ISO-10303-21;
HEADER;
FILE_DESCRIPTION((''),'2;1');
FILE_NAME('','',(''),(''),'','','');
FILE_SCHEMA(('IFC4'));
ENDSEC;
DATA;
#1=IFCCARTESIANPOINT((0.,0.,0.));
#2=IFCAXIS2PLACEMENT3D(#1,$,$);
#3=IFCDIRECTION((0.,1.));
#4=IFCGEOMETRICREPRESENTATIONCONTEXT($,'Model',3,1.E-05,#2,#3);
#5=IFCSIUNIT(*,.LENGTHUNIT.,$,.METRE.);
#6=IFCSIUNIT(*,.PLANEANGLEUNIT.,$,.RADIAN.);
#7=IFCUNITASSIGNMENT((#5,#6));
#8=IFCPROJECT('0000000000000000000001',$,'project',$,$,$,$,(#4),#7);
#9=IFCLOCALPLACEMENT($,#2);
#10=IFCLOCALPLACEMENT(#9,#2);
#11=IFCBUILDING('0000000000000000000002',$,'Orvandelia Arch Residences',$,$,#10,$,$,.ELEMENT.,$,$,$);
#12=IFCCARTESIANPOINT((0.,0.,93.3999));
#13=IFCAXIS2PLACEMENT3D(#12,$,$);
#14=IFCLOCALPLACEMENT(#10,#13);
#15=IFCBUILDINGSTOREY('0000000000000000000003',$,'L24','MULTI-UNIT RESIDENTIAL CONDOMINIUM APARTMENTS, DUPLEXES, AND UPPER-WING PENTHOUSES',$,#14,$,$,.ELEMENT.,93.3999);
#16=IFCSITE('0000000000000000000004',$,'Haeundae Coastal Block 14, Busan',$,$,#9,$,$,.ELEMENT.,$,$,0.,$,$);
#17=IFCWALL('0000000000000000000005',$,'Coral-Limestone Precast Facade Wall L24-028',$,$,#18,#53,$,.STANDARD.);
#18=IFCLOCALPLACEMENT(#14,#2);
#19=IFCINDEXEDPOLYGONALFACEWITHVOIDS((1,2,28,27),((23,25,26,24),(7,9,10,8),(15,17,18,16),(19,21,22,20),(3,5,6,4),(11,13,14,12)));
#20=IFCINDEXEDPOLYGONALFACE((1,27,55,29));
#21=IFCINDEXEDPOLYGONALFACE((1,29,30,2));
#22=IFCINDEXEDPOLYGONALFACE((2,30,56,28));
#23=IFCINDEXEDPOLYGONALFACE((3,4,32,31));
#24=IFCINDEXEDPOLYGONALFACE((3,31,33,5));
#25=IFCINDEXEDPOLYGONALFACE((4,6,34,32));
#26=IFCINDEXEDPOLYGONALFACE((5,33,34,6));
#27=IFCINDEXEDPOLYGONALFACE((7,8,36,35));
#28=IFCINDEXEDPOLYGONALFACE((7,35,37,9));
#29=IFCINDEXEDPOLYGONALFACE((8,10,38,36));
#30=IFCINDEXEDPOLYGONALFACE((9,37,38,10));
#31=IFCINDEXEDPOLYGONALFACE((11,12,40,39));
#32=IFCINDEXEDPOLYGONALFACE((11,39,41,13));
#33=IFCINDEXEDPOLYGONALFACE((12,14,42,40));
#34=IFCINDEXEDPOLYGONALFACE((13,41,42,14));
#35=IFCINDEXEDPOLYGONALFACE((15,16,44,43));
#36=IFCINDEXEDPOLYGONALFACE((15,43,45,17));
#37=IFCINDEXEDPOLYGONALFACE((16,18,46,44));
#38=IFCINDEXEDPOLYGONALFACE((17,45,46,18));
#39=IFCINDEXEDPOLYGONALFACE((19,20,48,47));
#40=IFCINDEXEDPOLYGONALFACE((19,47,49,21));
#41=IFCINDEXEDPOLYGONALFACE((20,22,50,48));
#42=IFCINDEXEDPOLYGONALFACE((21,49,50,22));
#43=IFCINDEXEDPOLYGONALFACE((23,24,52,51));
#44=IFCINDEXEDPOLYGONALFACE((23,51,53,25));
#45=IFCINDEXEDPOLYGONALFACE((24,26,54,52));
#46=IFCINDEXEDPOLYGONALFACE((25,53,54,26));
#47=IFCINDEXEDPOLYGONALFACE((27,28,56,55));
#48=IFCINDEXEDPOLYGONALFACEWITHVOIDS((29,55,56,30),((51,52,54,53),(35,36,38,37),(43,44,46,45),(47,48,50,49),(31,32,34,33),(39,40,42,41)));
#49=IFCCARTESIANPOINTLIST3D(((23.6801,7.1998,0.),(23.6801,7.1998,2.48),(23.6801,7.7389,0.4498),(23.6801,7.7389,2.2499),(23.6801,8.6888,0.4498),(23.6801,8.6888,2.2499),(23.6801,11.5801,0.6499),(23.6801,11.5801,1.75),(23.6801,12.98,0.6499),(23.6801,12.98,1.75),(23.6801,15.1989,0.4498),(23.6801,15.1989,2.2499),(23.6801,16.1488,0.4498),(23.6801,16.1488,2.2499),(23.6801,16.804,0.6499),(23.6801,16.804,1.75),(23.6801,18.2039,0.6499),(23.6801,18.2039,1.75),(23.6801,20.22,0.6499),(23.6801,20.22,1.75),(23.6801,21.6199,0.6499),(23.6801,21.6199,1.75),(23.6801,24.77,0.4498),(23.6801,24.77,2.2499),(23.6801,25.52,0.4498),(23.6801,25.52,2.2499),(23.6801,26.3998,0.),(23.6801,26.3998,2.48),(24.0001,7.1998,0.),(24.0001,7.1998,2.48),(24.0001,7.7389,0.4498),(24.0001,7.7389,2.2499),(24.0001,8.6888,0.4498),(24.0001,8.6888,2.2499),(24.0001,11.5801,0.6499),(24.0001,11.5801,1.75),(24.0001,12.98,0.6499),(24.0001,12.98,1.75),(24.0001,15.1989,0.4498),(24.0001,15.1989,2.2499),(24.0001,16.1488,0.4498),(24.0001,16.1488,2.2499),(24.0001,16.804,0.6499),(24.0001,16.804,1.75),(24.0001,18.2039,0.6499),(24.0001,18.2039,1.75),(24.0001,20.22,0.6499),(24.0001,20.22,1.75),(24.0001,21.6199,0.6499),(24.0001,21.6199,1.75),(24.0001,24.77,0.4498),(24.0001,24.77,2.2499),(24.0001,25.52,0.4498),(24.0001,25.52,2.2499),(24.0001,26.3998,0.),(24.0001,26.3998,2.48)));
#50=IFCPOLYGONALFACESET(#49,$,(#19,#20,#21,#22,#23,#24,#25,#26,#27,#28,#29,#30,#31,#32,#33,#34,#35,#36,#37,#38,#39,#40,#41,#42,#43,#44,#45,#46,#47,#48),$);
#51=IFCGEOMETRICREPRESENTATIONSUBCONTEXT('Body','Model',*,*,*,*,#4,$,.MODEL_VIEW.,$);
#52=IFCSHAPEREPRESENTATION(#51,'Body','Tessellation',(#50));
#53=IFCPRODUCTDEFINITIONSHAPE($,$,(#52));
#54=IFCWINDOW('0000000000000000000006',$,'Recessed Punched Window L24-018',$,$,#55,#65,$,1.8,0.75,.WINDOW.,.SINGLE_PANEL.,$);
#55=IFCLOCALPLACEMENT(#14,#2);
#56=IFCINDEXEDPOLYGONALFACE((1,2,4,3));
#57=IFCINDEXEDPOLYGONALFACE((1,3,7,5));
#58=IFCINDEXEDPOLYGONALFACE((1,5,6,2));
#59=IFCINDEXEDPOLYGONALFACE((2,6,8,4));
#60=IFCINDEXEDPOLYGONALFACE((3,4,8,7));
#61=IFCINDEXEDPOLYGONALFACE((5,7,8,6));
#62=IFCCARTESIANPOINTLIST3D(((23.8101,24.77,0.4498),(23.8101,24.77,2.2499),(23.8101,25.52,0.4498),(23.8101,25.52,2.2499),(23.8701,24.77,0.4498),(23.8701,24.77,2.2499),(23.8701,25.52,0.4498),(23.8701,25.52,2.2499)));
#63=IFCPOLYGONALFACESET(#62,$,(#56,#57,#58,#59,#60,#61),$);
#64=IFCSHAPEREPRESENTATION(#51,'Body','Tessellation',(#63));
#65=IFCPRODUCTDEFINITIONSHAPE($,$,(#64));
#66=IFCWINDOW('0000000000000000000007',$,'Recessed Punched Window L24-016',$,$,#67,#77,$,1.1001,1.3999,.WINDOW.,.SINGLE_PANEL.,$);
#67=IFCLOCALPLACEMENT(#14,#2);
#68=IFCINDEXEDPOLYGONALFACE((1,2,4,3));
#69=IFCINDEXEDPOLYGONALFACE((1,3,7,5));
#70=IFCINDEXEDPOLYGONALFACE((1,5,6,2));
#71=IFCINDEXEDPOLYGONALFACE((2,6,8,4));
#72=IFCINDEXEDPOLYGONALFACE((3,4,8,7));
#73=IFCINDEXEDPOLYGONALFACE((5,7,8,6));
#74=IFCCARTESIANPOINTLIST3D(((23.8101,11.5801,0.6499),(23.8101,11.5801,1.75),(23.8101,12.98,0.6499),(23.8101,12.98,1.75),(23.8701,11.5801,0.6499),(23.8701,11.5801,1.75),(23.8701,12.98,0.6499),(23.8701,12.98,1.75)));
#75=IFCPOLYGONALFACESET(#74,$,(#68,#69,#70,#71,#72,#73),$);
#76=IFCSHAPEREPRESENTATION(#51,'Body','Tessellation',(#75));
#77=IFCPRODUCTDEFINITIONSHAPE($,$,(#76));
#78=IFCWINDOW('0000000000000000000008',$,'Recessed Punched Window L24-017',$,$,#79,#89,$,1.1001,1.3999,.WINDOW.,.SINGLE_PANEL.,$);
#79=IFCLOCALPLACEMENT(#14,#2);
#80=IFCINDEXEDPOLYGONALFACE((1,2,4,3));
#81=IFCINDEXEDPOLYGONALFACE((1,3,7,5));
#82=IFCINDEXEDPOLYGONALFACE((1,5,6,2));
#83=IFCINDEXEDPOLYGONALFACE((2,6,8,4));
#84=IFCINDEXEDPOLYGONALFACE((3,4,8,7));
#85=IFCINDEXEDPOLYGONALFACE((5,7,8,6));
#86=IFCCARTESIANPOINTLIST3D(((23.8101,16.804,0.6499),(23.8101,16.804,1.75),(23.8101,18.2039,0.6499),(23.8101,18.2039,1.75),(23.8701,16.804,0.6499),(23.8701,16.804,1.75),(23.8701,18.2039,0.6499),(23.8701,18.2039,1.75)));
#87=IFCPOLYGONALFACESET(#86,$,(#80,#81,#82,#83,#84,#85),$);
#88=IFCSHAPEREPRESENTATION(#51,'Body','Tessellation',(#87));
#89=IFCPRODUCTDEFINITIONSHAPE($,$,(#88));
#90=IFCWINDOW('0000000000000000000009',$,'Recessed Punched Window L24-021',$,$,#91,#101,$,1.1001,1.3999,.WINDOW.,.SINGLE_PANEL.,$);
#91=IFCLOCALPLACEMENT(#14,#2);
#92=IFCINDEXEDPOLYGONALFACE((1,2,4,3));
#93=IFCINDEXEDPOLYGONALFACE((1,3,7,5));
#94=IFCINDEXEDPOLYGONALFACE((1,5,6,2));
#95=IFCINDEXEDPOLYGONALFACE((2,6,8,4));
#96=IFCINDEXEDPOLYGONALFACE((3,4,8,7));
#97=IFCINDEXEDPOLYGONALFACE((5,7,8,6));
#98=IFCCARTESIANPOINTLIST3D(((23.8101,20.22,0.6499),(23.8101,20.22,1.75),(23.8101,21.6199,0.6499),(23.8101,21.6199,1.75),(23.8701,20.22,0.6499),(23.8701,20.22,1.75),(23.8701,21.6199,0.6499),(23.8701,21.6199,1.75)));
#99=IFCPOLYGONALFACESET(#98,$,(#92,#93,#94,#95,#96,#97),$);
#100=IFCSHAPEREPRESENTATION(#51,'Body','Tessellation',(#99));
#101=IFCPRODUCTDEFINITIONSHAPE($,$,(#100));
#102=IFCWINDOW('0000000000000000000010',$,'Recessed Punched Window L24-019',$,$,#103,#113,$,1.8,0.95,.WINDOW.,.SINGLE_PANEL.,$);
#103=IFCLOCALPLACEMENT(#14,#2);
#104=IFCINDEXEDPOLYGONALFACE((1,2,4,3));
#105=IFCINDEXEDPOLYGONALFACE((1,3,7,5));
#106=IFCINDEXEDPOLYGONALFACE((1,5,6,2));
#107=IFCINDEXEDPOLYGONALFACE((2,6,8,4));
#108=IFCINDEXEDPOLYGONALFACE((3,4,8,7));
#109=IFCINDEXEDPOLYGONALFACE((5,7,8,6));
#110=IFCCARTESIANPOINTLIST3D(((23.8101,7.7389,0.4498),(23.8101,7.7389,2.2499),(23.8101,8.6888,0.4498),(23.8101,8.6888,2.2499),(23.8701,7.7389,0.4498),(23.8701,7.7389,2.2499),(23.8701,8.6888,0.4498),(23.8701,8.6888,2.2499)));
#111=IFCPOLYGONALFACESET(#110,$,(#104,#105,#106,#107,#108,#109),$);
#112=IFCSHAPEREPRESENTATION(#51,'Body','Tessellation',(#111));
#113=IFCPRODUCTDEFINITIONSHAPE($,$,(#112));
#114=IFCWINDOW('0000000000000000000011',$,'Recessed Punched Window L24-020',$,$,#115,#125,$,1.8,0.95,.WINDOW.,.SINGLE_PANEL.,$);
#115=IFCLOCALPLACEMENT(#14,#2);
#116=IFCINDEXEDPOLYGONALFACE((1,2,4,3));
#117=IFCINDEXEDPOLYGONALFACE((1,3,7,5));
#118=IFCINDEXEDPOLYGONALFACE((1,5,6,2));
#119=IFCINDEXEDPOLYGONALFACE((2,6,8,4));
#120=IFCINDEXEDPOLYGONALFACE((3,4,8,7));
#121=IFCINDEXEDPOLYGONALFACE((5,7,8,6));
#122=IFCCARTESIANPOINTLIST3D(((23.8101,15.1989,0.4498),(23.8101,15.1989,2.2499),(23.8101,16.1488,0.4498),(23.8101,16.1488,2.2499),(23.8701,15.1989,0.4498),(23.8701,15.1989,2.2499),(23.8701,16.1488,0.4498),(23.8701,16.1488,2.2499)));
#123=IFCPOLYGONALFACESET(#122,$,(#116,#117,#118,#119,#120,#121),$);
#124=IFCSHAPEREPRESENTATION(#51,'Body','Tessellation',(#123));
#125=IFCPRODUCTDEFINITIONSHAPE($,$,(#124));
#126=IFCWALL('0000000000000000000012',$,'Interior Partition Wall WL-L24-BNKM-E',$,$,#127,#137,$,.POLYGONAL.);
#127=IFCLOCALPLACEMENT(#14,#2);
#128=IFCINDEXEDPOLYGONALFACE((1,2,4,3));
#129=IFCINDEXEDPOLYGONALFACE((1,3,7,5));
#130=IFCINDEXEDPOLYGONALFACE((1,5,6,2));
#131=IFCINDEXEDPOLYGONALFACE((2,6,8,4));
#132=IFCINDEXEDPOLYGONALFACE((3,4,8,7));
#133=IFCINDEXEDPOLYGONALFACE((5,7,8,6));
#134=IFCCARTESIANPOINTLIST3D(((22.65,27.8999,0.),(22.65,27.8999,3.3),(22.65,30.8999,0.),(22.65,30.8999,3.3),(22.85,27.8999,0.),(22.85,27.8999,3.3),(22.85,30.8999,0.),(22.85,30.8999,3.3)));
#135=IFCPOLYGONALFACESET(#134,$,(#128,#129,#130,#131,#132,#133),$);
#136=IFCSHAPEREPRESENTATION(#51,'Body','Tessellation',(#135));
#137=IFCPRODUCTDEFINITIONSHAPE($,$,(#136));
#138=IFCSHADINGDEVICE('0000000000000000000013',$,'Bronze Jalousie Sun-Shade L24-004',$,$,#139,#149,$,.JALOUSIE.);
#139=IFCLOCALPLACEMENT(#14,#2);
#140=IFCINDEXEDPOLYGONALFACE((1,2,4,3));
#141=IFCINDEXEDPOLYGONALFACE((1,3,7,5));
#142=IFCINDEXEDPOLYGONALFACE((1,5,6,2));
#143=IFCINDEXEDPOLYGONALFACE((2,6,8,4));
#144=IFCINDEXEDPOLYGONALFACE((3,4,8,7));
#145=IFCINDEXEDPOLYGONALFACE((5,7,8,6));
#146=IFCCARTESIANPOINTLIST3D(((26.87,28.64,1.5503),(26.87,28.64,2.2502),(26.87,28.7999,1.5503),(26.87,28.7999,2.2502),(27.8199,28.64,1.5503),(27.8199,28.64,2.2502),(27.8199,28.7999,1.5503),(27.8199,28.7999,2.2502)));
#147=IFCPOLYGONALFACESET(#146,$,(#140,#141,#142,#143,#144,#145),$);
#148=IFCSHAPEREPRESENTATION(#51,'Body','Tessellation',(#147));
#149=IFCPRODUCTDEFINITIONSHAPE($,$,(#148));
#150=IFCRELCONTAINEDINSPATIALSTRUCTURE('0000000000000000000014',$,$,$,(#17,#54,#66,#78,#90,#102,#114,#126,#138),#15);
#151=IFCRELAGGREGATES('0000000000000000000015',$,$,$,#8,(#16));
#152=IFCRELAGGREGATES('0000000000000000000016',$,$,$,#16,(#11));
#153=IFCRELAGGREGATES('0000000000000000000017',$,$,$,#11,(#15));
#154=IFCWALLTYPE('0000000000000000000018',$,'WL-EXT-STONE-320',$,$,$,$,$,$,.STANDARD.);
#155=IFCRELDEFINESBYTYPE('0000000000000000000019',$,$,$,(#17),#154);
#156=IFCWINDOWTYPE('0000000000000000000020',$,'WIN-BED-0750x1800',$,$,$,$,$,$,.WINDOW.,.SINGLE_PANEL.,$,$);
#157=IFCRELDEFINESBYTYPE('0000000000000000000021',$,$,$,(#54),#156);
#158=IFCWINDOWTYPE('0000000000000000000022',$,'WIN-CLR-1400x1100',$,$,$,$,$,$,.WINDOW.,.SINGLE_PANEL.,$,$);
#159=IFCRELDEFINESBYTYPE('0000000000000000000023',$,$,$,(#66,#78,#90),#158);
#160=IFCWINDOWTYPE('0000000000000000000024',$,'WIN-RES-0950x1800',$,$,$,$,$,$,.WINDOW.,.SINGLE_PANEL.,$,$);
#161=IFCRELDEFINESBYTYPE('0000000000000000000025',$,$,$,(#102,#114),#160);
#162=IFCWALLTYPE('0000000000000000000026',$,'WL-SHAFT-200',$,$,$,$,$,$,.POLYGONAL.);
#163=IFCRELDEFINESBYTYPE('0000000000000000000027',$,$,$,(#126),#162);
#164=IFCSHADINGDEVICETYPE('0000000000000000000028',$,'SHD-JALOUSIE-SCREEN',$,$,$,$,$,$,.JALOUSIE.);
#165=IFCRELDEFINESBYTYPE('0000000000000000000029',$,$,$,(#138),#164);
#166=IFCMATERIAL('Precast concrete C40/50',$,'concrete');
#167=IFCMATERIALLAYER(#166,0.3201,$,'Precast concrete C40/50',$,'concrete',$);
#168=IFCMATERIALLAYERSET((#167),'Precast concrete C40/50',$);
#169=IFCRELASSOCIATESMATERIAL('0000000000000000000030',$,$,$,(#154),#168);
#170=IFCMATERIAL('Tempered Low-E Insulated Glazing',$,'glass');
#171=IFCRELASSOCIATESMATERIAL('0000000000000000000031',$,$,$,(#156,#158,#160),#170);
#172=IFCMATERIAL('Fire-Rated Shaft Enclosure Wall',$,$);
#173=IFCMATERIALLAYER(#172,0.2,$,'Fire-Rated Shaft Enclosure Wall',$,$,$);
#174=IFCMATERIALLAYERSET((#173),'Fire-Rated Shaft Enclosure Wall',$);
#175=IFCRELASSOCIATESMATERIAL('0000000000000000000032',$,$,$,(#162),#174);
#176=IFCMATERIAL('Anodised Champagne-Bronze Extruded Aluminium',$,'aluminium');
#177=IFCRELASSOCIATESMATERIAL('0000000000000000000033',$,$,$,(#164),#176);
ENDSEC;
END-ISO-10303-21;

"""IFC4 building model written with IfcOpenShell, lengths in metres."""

from ifc_helpers import new_model, si_unit, direction, frame, frame_2d, origin, origin_2d, place, context, subcontext, project, spatial, rectangle, extrude, material, layer, layer_set, type_object, element, fill, save


model = new_model("IFC4")

# Units and contexts
model_context = context("Model", 3, precision=1e-05, world=origin(), true_north=direction((0.0, 1.0)))
body_context = subcontext(model_context, "Body", "Model", "MODEL_VIEW")
ifc_project = project(units=[si_unit("LENGTHUNIT", "METRE"), si_unit("PLANEANGLEUNIT", "RADIAN")], contexts=[model_context])

# Site, building, storey
site_placement = place(None, origin())
site = spatial("IfcSite", under=ifc_project, at=site_placement, Name="Haeundae Coastal Block 14, Busan", CompositionType="ELEMENT", RefElevation=0.0)
building_placement = place(site_placement, origin())
building = spatial("IfcBuilding", under=site, at=building_placement, Name="Orvandelia Arch Residences", CompositionType="ELEMENT")
storey_placement = place(building_placement, frame((0.0, 0.0, 93.3999)))
storey = spatial("IfcBuildingStorey", under=building, at=storey_placement, Name="L24", Description="MULTI-UNIT RESIDENTIAL CONDOMINIUM APARTMENTS, DUPLEXES, AND UPPER-WING PENTHOUSES", CompositionType="ELEMENT", Elevation=93.3999)

# Shared definitions
ifc_material_1 = material(Name="Precast concrete C40/50", Category="concrete")
ifc_layer_1 = layer(ifc_material_1, 0.3201, Name="Precast concrete C40/50", Category="concrete")
ifc_layer_set_1 = layer_set([ifc_layer_1], Name="Precast concrete C40/50")
wall_type_1 = type_object("IfcWallType", Name="WL-EXT-STONE-320", PredefinedType="STANDARD", material=ifc_layer_set_1)

# Wall, openings, windows
wall_1_placement = place(storey_placement, frame((23.8401, 26.3999, 0.0), z_axis=(0.0, 0.0, 1.0), x_axis=(0.0, -1.0, 0.0)))
wall_1 = element("IfcWall", 1, at=wall_1_placement, inside=storey, type_object=wall_type_1, Name="Coral-Limestone Precast Facade Wall L24-028", PredefinedType="STANDARD", context=body_context, shape_type="SweptSolid", body=[
    extrude(rectangle(XDim=19.2, YDim=0.3201, at=frame_2d((9.6001, 0.0))), origin(), (0.0, 0.0, 1.0), 2.48),
])
opening_1_placement = place(wall_1_placement, frame((13.4199, 0.0, 0.6499)))
opening_1 = element("IfcOpeningElement", 2, at=opening_1_placement, cuts=wall_1, PredefinedType="OPENING", context=body_context, shape_type="SweptSolid", body=[
    extrude(rectangle(XDim=1.3999, YDim=1.1001, at=frame_2d((0.7, 0.55))), frame((0.0, 0.1699, 0.0), z_axis=(0.0, -1.0, 0.0), x_axis=(1.0, 0.0, 0.0)), (0.0, 0.0, 1.0), 0.3401),
])
opening_2_placement = place(wall_1_placement, frame((8.196, 0.0, 0.6499)))
opening_2 = element("IfcOpeningElement", 3, at=opening_2_placement, cuts=wall_1, PredefinedType="OPENING", context=body_context, shape_type="SweptSolid", body=[
    extrude(rectangle(XDim=1.3999, YDim=1.1001, at=frame_2d((0.7, 0.55))), frame((0.0, 0.1699, 0.0), z_axis=(0.0, -1.0, 0.0), x_axis=(1.0, 0.0, 0.0)), (0.0, 0.0, 1.0), 0.3401),
])
opening_3_placement = place(wall_1_placement, frame((0.8799, 0.0, 0.45)))
opening_3 = element("IfcOpeningElement", 4, at=opening_3_placement, cuts=wall_1, PredefinedType="OPENING", context=body_context, shape_type="SweptSolid", body=[
    extrude(rectangle(XDim=0.75, YDim=1.8, at=frame_2d((0.375, 0.8999))), frame((0.0, 0.1699, 0.0), z_axis=(0.0, -1.0, 0.0), x_axis=(1.0, 0.0, 0.0)), (0.0, 0.0, 1.0), 0.3401),
])
opening_4_placement = place(wall_1_placement, frame((17.7109, 0.0, 0.45)))
opening_4 = element("IfcOpeningElement", 5, at=opening_4_placement, cuts=wall_1, PredefinedType="OPENING", context=body_context, shape_type="SweptSolid", body=[
    extrude(rectangle(XDim=0.95, YDim=1.8, at=frame_2d((0.4751, 0.8999))), frame((0.0, 0.1699, 0.0), z_axis=(0.0, -1.0, 0.0), x_axis=(1.0, 0.0, 0.0)), (0.0, 0.0, 1.0), 0.3401),
])
opening_5_placement = place(wall_1_placement, frame((10.251, 0.0, 0.45)))
opening_5 = element("IfcOpeningElement", 6, at=opening_5_placement, cuts=wall_1, PredefinedType="OPENING", context=body_context, shape_type="SweptSolid", body=[
    extrude(rectangle(XDim=0.95, YDim=1.8, at=frame_2d((0.4751, 0.8999))), frame((0.0, 0.1699, 0.0), z_axis=(0.0, -1.0, 0.0), x_axis=(1.0, 0.0, 0.0)), (0.0, 0.0, 1.0), 0.3401),
])
opening_6_placement = place(wall_1_placement, frame((4.78, 0.0, 0.6499)))
opening_6 = element("IfcOpeningElement", 7, at=opening_6_placement, cuts=wall_1, PredefinedType="OPENING", context=body_context, shape_type="SweptSolid", body=[
    extrude(rectangle(XDim=1.3999, YDim=1.1001, at=frame_2d((0.7, 0.55))), frame((0.0, 0.1699, 0.0), z_axis=(0.0, -1.0, 0.0), x_axis=(1.0, 0.0, 0.0)), (0.0, 0.0, 1.0), 0.3401),
])
ifc_material_2 = material(Name="Tempered Low-E Insulated Glazing", Category="glass")
window_type_1 = type_object("IfcWindowType", Name="WIN-BED-0750x1800", PartitioningType="SINGLE_PANEL", PredefinedType="WINDOW", material=ifc_material_2)
window_1_placement = place(opening_3_placement, origin())
window_1 = element("IfcWindow", 8, at=window_1_placement, inside=storey, type_object=window_type_1, Name="Recessed Punched Window L24-018", OverallHeight=1.8, OverallWidth=0.75, PartitioningType="SINGLE_PANEL", PredefinedType="WINDOW", context=body_context, shape_type="SweptSolid", body=[
    extrude(rectangle(XDim=0.75, YDim=1.8, at=frame_2d((0.375, 0.8999))), frame((0.0, 0.03, 0.0), z_axis=(0.0, -1.0, 0.0), x_axis=(1.0, 0.0, 0.0)), (0.0, 0.0, 1.0), 0.0601),
])
fill(opening_3, window_1)
window_type_2 = type_object("IfcWindowType", Name="WIN-CLR-1400x1100", PartitioningType="SINGLE_PANEL", PredefinedType="WINDOW", material=ifc_material_2)
window_2_placement = place(opening_1_placement, origin())
window_2 = element("IfcWindow", 9, at=window_2_placement, inside=storey, type_object=window_type_2, Name="Recessed Punched Window L24-016", OverallHeight=1.1001, OverallWidth=1.3999, PartitioningType="SINGLE_PANEL", PredefinedType="WINDOW", context=body_context, shape_type="SweptSolid", body=[
    extrude(rectangle(XDim=1.3999, YDim=1.1001, at=frame_2d((0.7, 0.55))), frame((0.0, 0.03, 0.0), z_axis=(0.0, -1.0, 0.0), x_axis=(1.0, 0.0, 0.0)), (0.0, 0.0, 1.0), 0.0601),
])
fill(opening_1, window_2)
window_3_placement = place(opening_2_placement, origin())
window_3 = element("IfcWindow", 10, at=window_3_placement, inside=storey, type_object=window_type_2, Name="Recessed Punched Window L24-017", OverallHeight=1.1001, OverallWidth=1.3999, PartitioningType="SINGLE_PANEL", PredefinedType="WINDOW", context=body_context, shape_type="SweptSolid", body=[
    extrude(rectangle(XDim=1.3999, YDim=1.1001, at=frame_2d((0.7, 0.55))), frame((0.0, 0.03, 0.0), z_axis=(0.0, -1.0, 0.0), x_axis=(1.0, 0.0, 0.0)), (0.0, 0.0, 1.0), 0.0601),
])
fill(opening_2, window_3)
window_4_placement = place(opening_6_placement, origin())
window_4 = element("IfcWindow", 11, at=window_4_placement, inside=storey, type_object=window_type_2, Name="Recessed Punched Window L24-021", OverallHeight=1.1001, OverallWidth=1.3999, PartitioningType="SINGLE_PANEL", PredefinedType="WINDOW", context=body_context, shape_type="SweptSolid", body=[
    extrude(rectangle(XDim=1.3999, YDim=1.1001, at=frame_2d((0.7, 0.55))), frame((0.0, 0.03, 0.0), z_axis=(0.0, -1.0, 0.0), x_axis=(1.0, 0.0, 0.0)), (0.0, 0.0, 1.0), 0.0601),
])
fill(opening_6, window_4)
window_type_3 = type_object("IfcWindowType", Name="WIN-RES-0950x1800", PartitioningType="SINGLE_PANEL", PredefinedType="WINDOW", material=ifc_material_2)
window_5_placement = place(opening_4_placement, origin())
window_5 = element("IfcWindow", 12, at=window_5_placement, inside=storey, type_object=window_type_3, Name="Recessed Punched Window L24-019", OverallHeight=1.8, OverallWidth=0.95, PartitioningType="SINGLE_PANEL", PredefinedType="WINDOW", context=body_context, shape_type="SweptSolid", body=[
    extrude(rectangle(XDim=0.95, YDim=1.8, at=frame_2d((0.4751, 0.8999))), frame((0.0, 0.03, 0.0), z_axis=(0.0, -1.0, 0.0), x_axis=(1.0, 0.0, 0.0)), (0.0, 0.0, 1.0), 0.0601),
])
fill(opening_4, window_5)
window_6_placement = place(opening_5_placement, origin())
window_6 = element("IfcWindow", 13, at=window_6_placement, inside=storey, type_object=window_type_3, Name="Recessed Punched Window L24-020", OverallHeight=1.8, OverallWidth=0.95, PartitioningType="SINGLE_PANEL", PredefinedType="WINDOW", context=body_context, shape_type="SweptSolid", body=[
    extrude(rectangle(XDim=0.95, YDim=1.8, at=frame_2d((0.4751, 0.8999))), frame((0.0, 0.03, 0.0), z_axis=(0.0, -1.0, 0.0), x_axis=(1.0, 0.0, 0.0)), (0.0, 0.0, 1.0), 0.0601),
])
fill(opening_5, window_6)

# Wall
ifc_material_3 = material(Name="Fire-Rated Shaft Enclosure Wall")
ifc_layer_2 = layer(ifc_material_3, 0.2, Name="Fire-Rated Shaft Enclosure Wall")
ifc_layer_set_2 = layer_set([ifc_layer_2], Name="Fire-Rated Shaft Enclosure Wall")
wall_type_2 = type_object("IfcWallType", Name="WL-SHAFT-200", PredefinedType="POLYGONAL", material=ifc_layer_set_2)
wall_2_placement = place(storey_placement, frame((22.75, 27.8999, 0.0), z_axis=(0.0, 0.0, 1.0), x_axis=(0.0, 1.0, 0.0)))
element("IfcWall", 14, at=wall_2_placement, inside=storey, type_object=wall_type_2, Name="Interior Partition Wall WL-L24-BNKM-E", PredefinedType="POLYGONAL", context=body_context, shape_type="SweptSolid", body=[
    extrude(rectangle(XDim=3.0, YDim=0.2, at=frame_2d((1.5, 0.0))), origin(), (0.0, 0.0, 1.0), 3.3),
])

# Shading device
ifc_material_4 = material(Name="Anodised Champagne-Bronze Extruded Aluminium", Category="aluminium")
shading_device_type = type_object("IfcShadingDeviceType", Name="SHD-JALOUSIE-SCREEN", PredefinedType="JALOUSIE", material=ifc_material_4)
shading_device_placement = place(storey_placement, frame((27.345, 28.72, 1.5503), z_axis=(0.0, 0.0, 1.0), x_axis=(-1.0, 0.0, 0.0)))
element("IfcShadingDevice", 15, at=shading_device_placement, inside=storey, type_object=shading_device_type, Name="Bronze Jalousie Sun-Shade L24-004", PredefinedType="JALOUSIE", context=body_context, shape_type="SweptSolid", body=[
    extrude(rectangle(XDim=0.95, YDim=0.1599, at=origin_2d()), origin(), (0.0, 0.0, 1.0), 0.7),
])

save(model, "model.ifc")
